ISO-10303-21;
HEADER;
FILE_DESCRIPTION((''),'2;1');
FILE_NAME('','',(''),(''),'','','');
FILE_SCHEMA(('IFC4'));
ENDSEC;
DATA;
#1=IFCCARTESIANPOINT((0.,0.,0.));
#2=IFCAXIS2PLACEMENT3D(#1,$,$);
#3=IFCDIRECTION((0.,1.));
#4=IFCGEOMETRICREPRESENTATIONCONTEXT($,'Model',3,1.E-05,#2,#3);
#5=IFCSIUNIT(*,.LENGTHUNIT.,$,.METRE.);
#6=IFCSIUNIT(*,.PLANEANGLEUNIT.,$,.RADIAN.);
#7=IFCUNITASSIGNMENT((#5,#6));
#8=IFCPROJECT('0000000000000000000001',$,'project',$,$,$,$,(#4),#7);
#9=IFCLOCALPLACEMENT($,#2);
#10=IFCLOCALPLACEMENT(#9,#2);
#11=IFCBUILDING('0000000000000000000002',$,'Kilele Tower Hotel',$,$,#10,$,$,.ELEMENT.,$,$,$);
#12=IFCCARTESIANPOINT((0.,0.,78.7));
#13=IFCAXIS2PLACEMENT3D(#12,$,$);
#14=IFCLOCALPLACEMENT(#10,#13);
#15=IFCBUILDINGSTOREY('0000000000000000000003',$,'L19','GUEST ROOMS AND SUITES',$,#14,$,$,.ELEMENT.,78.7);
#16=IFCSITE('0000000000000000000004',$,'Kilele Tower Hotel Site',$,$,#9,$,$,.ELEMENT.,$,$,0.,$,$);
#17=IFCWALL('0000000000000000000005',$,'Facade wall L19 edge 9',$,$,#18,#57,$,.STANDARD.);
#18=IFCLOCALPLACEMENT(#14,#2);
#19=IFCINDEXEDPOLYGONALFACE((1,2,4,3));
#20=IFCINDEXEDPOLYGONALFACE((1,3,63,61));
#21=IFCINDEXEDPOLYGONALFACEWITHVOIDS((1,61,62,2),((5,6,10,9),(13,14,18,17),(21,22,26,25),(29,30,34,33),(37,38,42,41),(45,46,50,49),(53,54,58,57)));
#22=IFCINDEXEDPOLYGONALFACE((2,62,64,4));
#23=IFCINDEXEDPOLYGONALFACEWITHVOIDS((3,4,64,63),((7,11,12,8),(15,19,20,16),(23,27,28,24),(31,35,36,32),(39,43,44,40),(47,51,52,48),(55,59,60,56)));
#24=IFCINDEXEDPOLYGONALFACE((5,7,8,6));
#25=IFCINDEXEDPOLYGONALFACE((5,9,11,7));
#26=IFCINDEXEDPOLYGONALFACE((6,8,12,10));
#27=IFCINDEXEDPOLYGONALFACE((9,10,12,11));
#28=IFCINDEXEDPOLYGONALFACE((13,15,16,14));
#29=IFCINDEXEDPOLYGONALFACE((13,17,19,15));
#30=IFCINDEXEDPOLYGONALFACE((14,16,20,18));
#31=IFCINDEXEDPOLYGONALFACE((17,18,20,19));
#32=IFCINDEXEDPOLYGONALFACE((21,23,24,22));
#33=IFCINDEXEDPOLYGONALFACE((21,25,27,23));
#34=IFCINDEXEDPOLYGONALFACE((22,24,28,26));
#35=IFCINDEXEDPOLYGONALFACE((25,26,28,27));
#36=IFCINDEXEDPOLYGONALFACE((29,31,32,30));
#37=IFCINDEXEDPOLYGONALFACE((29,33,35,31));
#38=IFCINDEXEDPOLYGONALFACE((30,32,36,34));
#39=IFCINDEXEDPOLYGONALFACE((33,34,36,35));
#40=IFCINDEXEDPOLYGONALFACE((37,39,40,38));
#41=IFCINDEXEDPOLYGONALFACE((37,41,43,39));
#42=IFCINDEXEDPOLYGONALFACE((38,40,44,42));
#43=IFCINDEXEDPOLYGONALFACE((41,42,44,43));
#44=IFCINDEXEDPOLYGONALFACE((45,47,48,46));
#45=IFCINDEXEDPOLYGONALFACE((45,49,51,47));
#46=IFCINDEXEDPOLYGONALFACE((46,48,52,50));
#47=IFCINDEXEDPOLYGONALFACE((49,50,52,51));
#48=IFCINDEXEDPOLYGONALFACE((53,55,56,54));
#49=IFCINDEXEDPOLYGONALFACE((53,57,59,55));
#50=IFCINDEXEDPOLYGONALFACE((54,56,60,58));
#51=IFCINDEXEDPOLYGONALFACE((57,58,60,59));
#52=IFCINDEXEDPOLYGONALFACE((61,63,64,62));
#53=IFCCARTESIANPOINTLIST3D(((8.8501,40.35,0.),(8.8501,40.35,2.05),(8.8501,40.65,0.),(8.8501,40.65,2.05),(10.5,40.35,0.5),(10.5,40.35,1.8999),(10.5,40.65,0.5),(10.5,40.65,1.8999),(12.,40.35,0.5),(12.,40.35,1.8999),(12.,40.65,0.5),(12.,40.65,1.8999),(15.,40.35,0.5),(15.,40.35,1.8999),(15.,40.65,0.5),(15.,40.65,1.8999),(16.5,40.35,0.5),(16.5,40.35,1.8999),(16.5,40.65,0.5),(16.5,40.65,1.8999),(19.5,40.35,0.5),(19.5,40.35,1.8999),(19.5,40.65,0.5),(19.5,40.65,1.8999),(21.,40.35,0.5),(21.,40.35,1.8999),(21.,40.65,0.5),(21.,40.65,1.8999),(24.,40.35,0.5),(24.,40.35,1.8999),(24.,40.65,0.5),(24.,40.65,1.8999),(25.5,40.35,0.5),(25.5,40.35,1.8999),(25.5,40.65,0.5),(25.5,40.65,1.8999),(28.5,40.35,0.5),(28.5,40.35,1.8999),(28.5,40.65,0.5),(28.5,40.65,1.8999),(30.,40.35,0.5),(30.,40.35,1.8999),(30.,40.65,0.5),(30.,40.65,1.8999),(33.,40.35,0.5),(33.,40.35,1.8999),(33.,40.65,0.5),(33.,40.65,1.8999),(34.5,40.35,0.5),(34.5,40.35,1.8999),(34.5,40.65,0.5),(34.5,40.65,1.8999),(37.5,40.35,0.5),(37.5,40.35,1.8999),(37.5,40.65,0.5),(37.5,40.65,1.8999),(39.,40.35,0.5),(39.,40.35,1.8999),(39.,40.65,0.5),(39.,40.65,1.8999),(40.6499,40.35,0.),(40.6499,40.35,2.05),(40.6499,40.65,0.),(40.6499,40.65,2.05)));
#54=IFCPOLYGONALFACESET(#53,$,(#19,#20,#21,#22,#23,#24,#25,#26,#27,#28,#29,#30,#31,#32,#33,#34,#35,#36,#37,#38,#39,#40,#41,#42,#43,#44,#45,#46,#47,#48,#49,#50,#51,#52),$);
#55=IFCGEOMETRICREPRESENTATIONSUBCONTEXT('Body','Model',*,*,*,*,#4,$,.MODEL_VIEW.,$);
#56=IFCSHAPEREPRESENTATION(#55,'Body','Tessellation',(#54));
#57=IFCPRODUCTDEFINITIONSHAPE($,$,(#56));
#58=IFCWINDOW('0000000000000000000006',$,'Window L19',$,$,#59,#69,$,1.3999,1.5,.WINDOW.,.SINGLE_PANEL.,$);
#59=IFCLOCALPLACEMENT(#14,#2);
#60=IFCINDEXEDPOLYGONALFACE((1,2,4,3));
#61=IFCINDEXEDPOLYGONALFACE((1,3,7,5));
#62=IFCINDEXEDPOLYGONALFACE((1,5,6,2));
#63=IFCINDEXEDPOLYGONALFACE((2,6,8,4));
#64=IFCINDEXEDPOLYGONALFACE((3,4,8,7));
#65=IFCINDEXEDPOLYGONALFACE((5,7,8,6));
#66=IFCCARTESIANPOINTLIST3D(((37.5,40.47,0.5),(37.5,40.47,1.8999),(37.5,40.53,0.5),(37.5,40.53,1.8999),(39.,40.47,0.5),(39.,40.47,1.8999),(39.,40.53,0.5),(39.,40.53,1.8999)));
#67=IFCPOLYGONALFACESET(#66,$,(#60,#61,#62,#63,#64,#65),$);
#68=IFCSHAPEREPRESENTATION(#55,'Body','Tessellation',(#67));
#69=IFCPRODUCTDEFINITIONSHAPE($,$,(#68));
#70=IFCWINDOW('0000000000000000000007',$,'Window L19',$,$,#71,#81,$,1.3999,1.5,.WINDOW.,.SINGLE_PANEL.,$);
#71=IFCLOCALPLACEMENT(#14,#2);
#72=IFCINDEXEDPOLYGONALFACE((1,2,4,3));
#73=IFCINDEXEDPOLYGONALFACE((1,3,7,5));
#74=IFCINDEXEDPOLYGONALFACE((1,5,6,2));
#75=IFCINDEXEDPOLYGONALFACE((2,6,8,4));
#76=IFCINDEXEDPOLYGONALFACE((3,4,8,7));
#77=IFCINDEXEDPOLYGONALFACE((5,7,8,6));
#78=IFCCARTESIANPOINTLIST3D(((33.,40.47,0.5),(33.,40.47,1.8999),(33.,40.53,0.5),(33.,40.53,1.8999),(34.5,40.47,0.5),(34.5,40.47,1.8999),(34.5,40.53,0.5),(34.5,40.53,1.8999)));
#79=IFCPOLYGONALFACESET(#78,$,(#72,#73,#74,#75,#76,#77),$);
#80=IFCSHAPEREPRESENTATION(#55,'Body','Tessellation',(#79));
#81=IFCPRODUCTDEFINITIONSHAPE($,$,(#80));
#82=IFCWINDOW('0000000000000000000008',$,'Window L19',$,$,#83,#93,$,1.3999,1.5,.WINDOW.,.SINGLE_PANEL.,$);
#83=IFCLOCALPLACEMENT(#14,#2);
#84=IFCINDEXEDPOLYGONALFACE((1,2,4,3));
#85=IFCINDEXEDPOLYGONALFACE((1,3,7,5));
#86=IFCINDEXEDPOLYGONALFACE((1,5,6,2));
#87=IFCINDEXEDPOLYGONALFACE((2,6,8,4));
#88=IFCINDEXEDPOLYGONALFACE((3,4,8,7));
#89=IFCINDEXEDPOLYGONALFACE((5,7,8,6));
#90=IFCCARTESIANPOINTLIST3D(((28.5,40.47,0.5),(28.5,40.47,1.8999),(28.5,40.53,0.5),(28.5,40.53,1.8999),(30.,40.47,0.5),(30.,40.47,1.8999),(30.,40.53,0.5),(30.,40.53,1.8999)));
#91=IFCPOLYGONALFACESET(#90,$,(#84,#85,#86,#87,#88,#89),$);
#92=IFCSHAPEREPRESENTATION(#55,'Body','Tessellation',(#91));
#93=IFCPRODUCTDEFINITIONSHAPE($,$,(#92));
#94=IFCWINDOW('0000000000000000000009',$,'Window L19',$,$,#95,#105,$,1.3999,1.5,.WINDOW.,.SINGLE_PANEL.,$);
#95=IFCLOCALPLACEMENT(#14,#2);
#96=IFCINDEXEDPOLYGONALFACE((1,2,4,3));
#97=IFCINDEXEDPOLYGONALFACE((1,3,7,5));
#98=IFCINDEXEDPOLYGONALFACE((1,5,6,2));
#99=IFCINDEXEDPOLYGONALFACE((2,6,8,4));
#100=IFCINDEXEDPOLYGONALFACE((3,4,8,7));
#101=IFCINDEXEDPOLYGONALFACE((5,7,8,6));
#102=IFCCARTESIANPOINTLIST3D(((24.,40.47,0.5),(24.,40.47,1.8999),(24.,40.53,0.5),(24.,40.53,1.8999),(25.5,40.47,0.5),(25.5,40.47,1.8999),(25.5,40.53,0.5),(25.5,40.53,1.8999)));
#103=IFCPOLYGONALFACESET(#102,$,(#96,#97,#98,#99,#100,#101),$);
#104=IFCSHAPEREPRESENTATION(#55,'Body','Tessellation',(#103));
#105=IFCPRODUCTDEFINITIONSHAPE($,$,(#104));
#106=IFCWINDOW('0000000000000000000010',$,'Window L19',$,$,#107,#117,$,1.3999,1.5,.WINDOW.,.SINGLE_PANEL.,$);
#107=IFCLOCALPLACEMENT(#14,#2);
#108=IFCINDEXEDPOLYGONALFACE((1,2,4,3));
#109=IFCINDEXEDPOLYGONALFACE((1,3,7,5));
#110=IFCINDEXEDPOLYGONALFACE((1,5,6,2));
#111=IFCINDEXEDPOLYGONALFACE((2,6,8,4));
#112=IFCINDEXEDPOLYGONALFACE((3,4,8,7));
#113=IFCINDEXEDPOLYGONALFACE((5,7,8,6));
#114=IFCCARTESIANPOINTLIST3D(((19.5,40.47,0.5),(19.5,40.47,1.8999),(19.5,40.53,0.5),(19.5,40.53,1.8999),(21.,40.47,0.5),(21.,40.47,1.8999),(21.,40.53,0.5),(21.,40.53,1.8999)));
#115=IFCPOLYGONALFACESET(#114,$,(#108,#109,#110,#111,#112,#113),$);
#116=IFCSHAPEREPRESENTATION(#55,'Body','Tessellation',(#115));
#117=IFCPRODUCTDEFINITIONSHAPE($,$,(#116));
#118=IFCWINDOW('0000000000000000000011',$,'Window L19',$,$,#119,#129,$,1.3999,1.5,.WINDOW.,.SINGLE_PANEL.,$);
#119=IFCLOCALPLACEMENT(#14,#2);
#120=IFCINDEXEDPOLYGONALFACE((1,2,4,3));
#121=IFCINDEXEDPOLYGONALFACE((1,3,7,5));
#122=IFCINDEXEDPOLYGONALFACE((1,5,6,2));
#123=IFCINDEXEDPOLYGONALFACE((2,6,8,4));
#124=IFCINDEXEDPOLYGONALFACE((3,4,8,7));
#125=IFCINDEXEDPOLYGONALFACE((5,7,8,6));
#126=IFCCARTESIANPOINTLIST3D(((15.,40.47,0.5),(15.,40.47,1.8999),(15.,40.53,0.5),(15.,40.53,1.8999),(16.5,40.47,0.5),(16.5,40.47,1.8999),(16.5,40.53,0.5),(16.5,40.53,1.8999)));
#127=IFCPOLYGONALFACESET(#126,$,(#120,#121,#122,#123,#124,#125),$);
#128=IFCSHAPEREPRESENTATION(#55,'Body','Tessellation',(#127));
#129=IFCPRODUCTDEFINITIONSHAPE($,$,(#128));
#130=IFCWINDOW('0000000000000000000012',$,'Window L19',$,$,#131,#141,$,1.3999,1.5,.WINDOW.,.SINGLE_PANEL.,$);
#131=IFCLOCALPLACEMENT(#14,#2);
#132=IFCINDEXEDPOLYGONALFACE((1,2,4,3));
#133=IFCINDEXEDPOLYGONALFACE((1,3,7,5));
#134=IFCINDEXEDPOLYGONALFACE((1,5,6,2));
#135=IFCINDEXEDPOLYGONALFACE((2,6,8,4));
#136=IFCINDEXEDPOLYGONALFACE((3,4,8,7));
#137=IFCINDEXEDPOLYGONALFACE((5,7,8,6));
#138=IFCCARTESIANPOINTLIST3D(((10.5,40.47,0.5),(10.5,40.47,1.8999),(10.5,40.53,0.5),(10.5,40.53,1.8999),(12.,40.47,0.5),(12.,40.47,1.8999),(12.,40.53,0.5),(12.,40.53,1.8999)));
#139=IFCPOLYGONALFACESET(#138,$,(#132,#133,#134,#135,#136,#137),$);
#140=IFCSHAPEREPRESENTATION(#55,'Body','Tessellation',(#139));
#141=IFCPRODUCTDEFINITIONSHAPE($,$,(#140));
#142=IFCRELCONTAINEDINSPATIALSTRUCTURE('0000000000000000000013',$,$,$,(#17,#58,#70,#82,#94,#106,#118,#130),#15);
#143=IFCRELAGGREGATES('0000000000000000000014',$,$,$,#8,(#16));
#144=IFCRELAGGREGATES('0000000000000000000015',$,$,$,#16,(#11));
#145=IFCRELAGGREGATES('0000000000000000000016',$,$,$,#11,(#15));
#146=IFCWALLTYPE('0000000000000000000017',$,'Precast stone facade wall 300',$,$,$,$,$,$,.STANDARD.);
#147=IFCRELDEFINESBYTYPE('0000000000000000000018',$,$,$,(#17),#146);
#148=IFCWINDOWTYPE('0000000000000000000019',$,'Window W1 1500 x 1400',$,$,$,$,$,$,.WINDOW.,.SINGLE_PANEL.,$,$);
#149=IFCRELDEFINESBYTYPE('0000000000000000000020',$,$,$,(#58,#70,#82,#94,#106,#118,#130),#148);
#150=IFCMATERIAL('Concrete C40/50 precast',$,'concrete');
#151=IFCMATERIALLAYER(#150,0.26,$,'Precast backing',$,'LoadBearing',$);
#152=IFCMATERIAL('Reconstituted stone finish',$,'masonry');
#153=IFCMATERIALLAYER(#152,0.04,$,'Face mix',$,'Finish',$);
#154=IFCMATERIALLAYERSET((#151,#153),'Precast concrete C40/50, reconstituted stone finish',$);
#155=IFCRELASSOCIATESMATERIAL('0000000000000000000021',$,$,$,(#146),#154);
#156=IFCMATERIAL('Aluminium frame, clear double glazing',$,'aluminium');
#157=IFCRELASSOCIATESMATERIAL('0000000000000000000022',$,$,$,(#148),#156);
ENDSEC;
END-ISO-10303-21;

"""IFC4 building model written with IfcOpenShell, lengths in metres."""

from ifc_helpers import new_model, si_unit, direction, frame, frame_2d, origin, place, context, subcontext, project, spatial, rectangle, extrude, material, layer, layer_set, type_object, element, fill, save


model = new_model("IFC4")

# Units and contexts
model_context = context("Model", 3, precision=1e-05, world=origin(), true_north=direction((0.0, 1.0)))
body_context = subcontext(model_context, "Body", "Model", "MODEL_VIEW")
ifc_project = project(units=[si_unit("LENGTHUNIT", "METRE"), si_unit("PLANEANGLEUNIT", "RADIAN")], contexts=[model_context])

# Site, building, storey
site_placement = place(None, origin())
site = spatial("IfcSite", under=ifc_project, at=site_placement, Name="Kilele Tower Hotel Site", CompositionType="ELEMENT", RefElevation=0.0)
building_placement = place(site_placement, origin())
building = spatial("IfcBuilding", under=site, at=building_placement, Name="Kilele Tower Hotel", CompositionType="ELEMENT")
storey_placement = place(building_placement, frame((0.0, 0.0, 78.7)))
storey = spatial("IfcBuildingStorey", under=building, at=storey_placement, Name="L19", Description="GUEST ROOMS AND SUITES", CompositionType="ELEMENT", Elevation=78.7)

# Shared definitions
ifc_material_1 = material(Name="Concrete C40/50 precast", Category="concrete")
ifc_layer_1 = layer(ifc_material_1, 0.26, Name="Precast backing", Category="LoadBearing")
ifc_material_2 = material(Name="Reconstituted stone finish", Category="masonry")
ifc_layer_2 = layer(ifc_material_2, 0.04, Name="Face mix", Category="Finish")
ifc_layer_set_1 = layer_set([ifc_layer_1, ifc_layer_2], Name="Precast concrete C40/50, reconstituted stone finish")
wall_type_1 = type_object("IfcWallType", Name="Precast stone facade wall 300", PredefinedType="STANDARD", material=ifc_layer_set_1)
ifc_material_3 = material(Name="Aluminium frame, clear double glazing", Category="aluminium")
window_type_1 = type_object("IfcWindowType", Name="Window W1 1500 x 1400", PartitioningType="SINGLE_PANEL", PredefinedType="WINDOW", material=ifc_material_3)

# Wall, openings, windows
wall_1_placement = place(storey_placement, frame((40.6499, 40.5, 0.0), z_axis=(0.0, 0.0, 1.0), x_axis=(-1.0, 0.0, 0.0)))
wall_1 = element("IfcWall", 1, at=wall_1_placement, inside=storey, type_object=wall_type_1, Name="Facade wall L19 edge 9", PredefinedType="STANDARD", context=body_context, shape_type="SweptSolid", body=[
    extrude(rectangle(XDim=31.7998, YDim=0.3, at=frame_2d((15.8999, 0.0))), origin(), (0.0, 0.0, 1.0), 2.05),
])
opening_1_placement = place(wall_1_placement, frame((1.6499, 0.0, 0.5)))
opening_1 = element("IfcOpeningElement", 2, at=opening_1_placement, cuts=wall_1, PredefinedType="OPENING", context=body_context, shape_type="SweptSolid", body=[
    extrude(rectangle(XDim=1.5, YDim=1.3999, at=frame_2d((0.75, 0.7))), frame((0.0, 0.1599, 0.0), z_axis=(0.0, -1.0, 0.0), x_axis=(1.0, 0.0, 0.0)), (0.0, 0.0, 1.0), 0.3201),
])
opening_2_placement = place(wall_1_placement, frame((6.1499, 0.0, 0.5)))
opening_2 = element("IfcOpeningElement", 3, at=opening_2_placement, cuts=wall_1, PredefinedType="OPENING", context=body_context, shape_type="SweptSolid", body=[
    extrude(rectangle(XDim=1.5, YDim=1.3999, at=frame_2d((0.75, 0.7))), frame((0.0, 0.1599, 0.0), z_axis=(0.0, -1.0, 0.0), x_axis=(1.0, 0.0, 0.0)), (0.0, 0.0, 1.0), 0.3201),
])
opening_3_placement = place(wall_1_placement, frame((10.6499, 0.0, 0.5)))
opening_3 = element("IfcOpeningElement", 4, at=opening_3_placement, cuts=wall_1, PredefinedType="OPENING", context=body_context, shape_type="SweptSolid", body=[
    extrude(rectangle(XDim=1.5, YDim=1.3999, at=frame_2d((0.75, 0.7))), frame((0.0, 0.1599, 0.0), z_axis=(0.0, -1.0, 0.0), x_axis=(1.0, 0.0, 0.0)), (0.0, 0.0, 1.0), 0.3201),
])
opening_4_placement = place(wall_1_placement, frame((15.1499, 0.0, 0.5)))
opening_4 = element("IfcOpeningElement", 5, at=opening_4_placement, cuts=wall_1, PredefinedType="OPENING", context=body_context, shape_type="SweptSolid", body=[
    extrude(rectangle(XDim=1.5, YDim=1.3999, at=frame_2d((0.75, 0.7))), frame((0.0, 0.1599, 0.0), z_axis=(0.0, -1.0, 0.0), x_axis=(1.0, 0.0, 0.0)), (0.0, 0.0, 1.0), 0.3201),
])
opening_5_placement = place(wall_1_placement, frame((19.6499, 0.0, 0.5)))
opening_5 = element("IfcOpeningElement", 6, at=opening_5_placement, cuts=wall_1, PredefinedType="OPENING", context=body_context, shape_type="SweptSolid", body=[
    extrude(rectangle(XDim=1.5, YDim=1.3999, at=frame_2d((0.75, 0.7))), frame((0.0, 0.1599, 0.0), z_axis=(0.0, -1.0, 0.0), x_axis=(1.0, 0.0, 0.0)), (0.0, 0.0, 1.0), 0.3201),
])
opening_6_placement = place(wall_1_placement, frame((24.1499, 0.0, 0.5)))
opening_6 = element("IfcOpeningElement", 7, at=opening_6_placement, cuts=wall_1, PredefinedType="OPENING", context=body_context, shape_type="SweptSolid", body=[
    extrude(rectangle(XDim=1.5, YDim=1.3999, at=frame_2d((0.75, 0.7))), frame((0.0, 0.1599, 0.0), z_axis=(0.0, -1.0, 0.0), x_axis=(1.0, 0.0, 0.0)), (0.0, 0.0, 1.0), 0.3201),
])
opening_7_placement = place(wall_1_placement, frame((28.6499, 0.0, 0.5)))
opening_7 = element("IfcOpeningElement", 8, at=opening_7_placement, cuts=wall_1, PredefinedType="OPENING", context=body_context, shape_type="SweptSolid", body=[
    extrude(rectangle(XDim=1.5, YDim=1.3999, at=frame_2d((0.75, 0.7))), frame((0.0, 0.1599, 0.0), z_axis=(0.0, -1.0, 0.0), x_axis=(1.0, 0.0, 0.0)), (0.0, 0.0, 1.0), 0.3201),
])
window_1_placement = place(opening_1_placement, origin())
window_1 = element("IfcWindow", 9, at=window_1_placement, inside=storey, type_object=window_type_1, Name="Window L19", OverallHeight=1.3999, OverallWidth=1.5, PartitioningType="SINGLE_PANEL", PredefinedType="WINDOW", context=body_context, shape_type="SweptSolid", body=[
    extrude(rectangle(XDim=1.5, YDim=1.3999, at=frame_2d((0.75, 0.7))), frame((0.0, 0.03, 0.0), z_axis=(0.0, -1.0, 0.0), x_axis=(1.0, 0.0, 0.0)), (0.0, 0.0, 1.0), 0.0601),
])
fill(opening_1, window_1)
window_2_placement = place(opening_2_placement, origin())
window_2 = element("IfcWindow", 10, at=window_2_placement, inside=storey, type_object=window_type_1, Name="Window L19", OverallHeight=1.3999, OverallWidth=1.5, PartitioningType="SINGLE_PANEL", PredefinedType="WINDOW", context=body_context, shape_type="SweptSolid", body=[
    extrude(rectangle(XDim=1.5, YDim=1.3999, at=frame_2d((0.75, 0.7))), frame((0.0, 0.03, 0.0), z_axis=(0.0, -1.0, 0.0), x_axis=(1.0, 0.0, 0.0)), (0.0, 0.0, 1.0), 0.0601),
])
fill(opening_2, window_2)
window_3_placement = place(opening_3_placement, origin())
window_3 = element("IfcWindow", 11, at=window_3_placement, inside=storey, type_object=window_type_1, Name="Window L19", OverallHeight=1.3999, OverallWidth=1.5, PartitioningType="SINGLE_PANEL", PredefinedType="WINDOW", context=body_context, shape_type="SweptSolid", body=[
    extrude(rectangle(XDim=1.5, YDim=1.3999, at=frame_2d((0.75, 0.7))), frame((0.0, 0.03, 0.0), z_axis=(0.0, -1.0, 0.0), x_axis=(1.0, 0.0, 0.0)), (0.0, 0.0, 1.0), 0.0601),
])
fill(opening_3, window_3)
window_4_placement = place(opening_4_placement, origin())
window_4 = element("IfcWindow", 12, at=window_4_placement, inside=storey, type_object=window_type_1, Name="Window L19", OverallHeight=1.3999, OverallWidth=1.5, PartitioningType="SINGLE_PANEL", PredefinedType="WINDOW", context=body_context, shape_type="SweptSolid", body=[
    extrude(rectangle(XDim=1.5, YDim=1.3999, at=frame_2d((0.75, 0.7))), frame((0.0, 0.03, 0.0), z_axis=(0.0, -1.0, 0.0), x_axis=(1.0, 0.0, 0.0)), (0.0, 0.0, 1.0), 0.0601),
])
fill(opening_4, window_4)
window_5_placement = place(opening_5_placement, origin())
window_5 = element("IfcWindow", 13, at=window_5_placement, inside=storey, type_object=window_type_1, Name="Window L19", OverallHeight=1.3999, OverallWidth=1.5, PartitioningType="SINGLE_PANEL", PredefinedType="WINDOW", context=body_context, shape_type="SweptSolid", body=[
    extrude(rectangle(XDim=1.5, YDim=1.3999, at=frame_2d((0.75, 0.7))), frame((0.0, 0.03, 0.0), z_axis=(0.0, -1.0, 0.0), x_axis=(1.0, 0.0, 0.0)), (0.0, 0.0, 1.0), 0.0601),
])
fill(opening_5, window_5)
window_6_placement = place(opening_6_placement, origin())
window_6 = element("IfcWindow", 14, at=window_6_placement, inside=storey, type_object=window_type_1, Name="Window L19", OverallHeight=1.3999, OverallWidth=1.5, PartitioningType="SINGLE_PANEL", PredefinedType="WINDOW", context=body_context, shape_type="SweptSolid", body=[
    extrude(rectangle(XDim=1.5, YDim=1.3999, at=frame_2d((0.75, 0.7))), frame((0.0, 0.03, 0.0), z_axis=(0.0, -1.0, 0.0), x_axis=(1.0, 0.0, 0.0)), (0.0, 0.0, 1.0), 0.0601),
])
fill(opening_6, window_6)
window_7_placement = place(opening_7_placement, origin())
window_7 = element("IfcWindow", 15, at=window_7_placement, inside=storey, type_object=window_type_1, Name="Window L19", OverallHeight=1.3999, OverallWidth=1.5, PartitioningType="SINGLE_PANEL", PredefinedType="WINDOW", context=body_context, shape_type="SweptSolid", body=[
    extrude(rectangle(XDim=1.5, YDim=1.3999, at=frame_2d((0.75, 0.7))), frame((0.0, 0.03, 0.0), z_axis=(0.0, -1.0, 0.0), x_axis=(1.0, 0.0, 0.0)), (0.0, 0.0, 1.0), 0.0601),
])
fill(opening_7, window_7)

save(model, "model.ifc")
